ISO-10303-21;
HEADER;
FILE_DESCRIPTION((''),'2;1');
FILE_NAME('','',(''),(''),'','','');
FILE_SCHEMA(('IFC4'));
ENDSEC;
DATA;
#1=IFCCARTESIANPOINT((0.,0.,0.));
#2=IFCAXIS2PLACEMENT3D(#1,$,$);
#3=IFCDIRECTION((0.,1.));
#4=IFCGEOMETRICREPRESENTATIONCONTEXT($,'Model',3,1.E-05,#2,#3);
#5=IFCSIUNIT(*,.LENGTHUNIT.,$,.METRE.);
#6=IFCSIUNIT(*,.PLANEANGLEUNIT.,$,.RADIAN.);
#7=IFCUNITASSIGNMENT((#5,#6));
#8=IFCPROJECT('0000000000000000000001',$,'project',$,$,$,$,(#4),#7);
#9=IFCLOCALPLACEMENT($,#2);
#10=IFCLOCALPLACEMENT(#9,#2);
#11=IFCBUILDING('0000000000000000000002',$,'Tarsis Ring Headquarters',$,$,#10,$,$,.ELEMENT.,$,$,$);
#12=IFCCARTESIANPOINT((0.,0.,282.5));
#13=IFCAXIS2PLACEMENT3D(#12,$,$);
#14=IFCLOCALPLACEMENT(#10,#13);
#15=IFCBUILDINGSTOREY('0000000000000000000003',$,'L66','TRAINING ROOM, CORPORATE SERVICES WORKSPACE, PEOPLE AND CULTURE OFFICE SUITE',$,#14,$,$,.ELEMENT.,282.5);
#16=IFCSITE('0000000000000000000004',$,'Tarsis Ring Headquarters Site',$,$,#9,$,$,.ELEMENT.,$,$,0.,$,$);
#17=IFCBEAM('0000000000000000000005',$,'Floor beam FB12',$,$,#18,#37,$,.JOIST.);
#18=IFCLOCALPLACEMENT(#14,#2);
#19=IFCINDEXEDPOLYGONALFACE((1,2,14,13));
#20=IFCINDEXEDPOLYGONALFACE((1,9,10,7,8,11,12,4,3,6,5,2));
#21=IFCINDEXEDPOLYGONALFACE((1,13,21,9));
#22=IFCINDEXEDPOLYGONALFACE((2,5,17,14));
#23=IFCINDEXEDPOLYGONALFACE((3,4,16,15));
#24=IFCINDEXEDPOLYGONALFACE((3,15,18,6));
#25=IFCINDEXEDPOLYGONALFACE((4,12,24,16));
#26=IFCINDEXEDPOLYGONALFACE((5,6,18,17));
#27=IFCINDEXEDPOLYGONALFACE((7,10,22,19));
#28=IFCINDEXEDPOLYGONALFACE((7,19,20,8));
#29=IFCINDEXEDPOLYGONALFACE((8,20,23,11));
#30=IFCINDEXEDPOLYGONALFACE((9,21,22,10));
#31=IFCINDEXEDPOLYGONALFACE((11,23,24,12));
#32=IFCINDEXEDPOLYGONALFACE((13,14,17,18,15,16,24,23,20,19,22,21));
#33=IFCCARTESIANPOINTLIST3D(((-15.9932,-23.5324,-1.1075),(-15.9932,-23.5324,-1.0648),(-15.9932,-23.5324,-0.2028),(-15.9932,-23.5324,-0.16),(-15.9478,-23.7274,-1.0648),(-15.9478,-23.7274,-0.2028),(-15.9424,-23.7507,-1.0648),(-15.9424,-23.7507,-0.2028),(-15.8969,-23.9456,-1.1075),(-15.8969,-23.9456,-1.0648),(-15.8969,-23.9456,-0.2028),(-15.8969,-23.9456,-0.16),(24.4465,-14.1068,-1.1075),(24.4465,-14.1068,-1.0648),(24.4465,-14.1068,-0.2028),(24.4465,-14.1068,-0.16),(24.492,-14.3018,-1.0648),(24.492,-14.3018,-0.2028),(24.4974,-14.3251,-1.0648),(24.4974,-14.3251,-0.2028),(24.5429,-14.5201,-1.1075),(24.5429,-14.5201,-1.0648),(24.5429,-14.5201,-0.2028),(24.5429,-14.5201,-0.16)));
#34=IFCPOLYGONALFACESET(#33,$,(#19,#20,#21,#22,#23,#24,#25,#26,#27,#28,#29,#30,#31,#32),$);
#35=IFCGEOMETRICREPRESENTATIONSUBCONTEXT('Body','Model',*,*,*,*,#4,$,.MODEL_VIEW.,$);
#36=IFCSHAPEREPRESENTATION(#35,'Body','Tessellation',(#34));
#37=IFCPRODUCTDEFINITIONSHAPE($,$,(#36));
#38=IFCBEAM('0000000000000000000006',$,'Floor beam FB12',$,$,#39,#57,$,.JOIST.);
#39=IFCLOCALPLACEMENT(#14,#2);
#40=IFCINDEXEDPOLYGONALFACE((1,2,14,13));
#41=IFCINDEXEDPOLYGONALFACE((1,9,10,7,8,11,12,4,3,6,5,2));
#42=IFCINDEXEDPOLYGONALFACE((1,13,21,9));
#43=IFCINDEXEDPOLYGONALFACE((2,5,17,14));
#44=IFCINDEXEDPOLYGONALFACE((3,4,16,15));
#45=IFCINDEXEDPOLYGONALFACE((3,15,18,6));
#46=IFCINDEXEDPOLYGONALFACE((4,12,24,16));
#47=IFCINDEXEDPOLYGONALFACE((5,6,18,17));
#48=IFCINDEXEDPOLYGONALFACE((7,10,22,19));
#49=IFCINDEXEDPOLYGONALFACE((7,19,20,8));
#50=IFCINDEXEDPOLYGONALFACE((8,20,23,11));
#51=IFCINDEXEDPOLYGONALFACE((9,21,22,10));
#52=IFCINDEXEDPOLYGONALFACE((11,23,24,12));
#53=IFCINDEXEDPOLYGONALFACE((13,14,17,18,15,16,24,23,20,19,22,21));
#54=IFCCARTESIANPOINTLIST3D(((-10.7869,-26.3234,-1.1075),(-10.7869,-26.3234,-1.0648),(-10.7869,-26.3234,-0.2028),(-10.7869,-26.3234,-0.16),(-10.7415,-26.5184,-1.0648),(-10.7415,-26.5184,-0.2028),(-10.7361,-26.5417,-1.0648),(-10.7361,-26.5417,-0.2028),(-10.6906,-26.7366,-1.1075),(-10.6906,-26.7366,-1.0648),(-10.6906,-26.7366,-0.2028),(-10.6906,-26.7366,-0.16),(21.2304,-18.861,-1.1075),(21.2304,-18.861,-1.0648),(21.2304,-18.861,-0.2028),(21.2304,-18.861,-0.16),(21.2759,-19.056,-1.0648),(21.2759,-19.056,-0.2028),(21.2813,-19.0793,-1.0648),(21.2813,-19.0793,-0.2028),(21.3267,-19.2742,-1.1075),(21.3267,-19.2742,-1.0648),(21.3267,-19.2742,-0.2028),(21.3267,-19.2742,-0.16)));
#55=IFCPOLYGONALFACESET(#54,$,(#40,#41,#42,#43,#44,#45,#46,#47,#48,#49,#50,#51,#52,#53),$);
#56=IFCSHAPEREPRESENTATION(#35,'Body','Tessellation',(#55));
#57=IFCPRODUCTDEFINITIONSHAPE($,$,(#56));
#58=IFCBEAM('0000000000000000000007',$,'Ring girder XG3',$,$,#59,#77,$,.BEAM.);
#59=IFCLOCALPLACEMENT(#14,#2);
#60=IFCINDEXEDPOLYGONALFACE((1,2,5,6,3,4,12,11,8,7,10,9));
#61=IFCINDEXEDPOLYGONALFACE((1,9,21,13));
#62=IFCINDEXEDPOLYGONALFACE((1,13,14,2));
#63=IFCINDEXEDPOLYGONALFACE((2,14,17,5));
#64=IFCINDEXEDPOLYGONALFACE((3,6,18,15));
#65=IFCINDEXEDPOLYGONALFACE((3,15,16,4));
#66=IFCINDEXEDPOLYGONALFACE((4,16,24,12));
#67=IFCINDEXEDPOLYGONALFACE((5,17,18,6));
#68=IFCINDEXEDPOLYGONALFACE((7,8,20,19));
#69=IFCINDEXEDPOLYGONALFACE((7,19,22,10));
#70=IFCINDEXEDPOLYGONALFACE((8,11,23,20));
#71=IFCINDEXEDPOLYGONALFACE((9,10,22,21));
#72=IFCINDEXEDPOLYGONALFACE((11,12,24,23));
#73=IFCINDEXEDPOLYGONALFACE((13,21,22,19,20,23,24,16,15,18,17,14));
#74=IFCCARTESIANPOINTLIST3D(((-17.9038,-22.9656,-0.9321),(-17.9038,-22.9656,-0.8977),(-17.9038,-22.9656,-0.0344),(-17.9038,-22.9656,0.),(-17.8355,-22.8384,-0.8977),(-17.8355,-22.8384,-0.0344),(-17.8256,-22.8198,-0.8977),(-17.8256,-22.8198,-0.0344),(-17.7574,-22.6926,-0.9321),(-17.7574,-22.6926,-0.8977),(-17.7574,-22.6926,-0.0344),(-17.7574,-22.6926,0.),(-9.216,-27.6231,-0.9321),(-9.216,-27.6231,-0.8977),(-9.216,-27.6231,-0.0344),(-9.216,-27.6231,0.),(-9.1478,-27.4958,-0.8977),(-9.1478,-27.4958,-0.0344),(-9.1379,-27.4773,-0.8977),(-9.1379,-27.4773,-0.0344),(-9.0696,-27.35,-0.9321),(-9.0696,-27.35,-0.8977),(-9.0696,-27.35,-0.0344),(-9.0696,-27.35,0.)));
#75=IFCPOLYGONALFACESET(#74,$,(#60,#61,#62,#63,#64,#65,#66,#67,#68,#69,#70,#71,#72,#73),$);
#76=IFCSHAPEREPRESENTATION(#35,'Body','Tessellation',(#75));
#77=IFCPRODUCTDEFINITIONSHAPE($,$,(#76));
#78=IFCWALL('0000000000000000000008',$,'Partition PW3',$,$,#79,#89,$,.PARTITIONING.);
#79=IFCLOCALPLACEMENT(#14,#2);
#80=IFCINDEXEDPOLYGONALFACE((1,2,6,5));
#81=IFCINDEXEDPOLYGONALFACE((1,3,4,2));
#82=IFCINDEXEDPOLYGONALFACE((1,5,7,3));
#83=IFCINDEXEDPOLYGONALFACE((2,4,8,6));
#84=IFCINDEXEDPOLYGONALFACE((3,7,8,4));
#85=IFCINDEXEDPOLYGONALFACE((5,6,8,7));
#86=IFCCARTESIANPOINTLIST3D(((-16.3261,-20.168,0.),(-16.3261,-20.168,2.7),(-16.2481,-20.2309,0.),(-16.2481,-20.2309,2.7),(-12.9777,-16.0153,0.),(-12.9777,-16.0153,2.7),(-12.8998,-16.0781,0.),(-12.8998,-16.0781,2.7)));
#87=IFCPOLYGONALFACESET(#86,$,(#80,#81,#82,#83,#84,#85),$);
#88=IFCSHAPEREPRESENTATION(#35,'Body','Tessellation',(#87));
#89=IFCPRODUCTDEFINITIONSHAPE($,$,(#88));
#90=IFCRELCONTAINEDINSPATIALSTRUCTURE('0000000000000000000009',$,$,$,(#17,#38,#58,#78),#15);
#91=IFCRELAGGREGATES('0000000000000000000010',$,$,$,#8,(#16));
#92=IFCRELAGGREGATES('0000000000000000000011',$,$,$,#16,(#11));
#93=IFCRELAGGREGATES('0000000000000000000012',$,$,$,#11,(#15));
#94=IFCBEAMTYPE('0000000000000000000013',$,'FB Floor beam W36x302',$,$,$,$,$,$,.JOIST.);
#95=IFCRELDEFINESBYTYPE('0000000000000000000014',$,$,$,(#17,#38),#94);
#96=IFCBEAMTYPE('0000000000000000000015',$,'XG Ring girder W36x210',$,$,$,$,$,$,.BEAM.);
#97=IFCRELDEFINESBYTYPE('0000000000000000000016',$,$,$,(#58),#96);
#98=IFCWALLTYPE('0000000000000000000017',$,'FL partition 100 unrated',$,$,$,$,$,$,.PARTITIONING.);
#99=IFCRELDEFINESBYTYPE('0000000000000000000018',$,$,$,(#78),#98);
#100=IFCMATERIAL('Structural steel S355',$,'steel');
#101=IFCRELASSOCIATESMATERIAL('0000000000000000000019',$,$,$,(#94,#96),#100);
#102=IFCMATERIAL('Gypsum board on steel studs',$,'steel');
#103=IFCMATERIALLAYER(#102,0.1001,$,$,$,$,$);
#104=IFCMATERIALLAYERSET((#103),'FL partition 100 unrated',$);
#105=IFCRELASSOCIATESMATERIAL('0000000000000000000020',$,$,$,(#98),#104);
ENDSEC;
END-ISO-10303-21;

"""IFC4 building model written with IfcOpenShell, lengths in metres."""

from ifc_helpers import new_model, si_unit, direction, frame, frame_2d, origin, origin_2d, place, context, subcontext, project, spatial, rectangle, i_section, extrude, material, layer, layer_set, material_profile, profile_set, type_object, element, save


model = new_model("IFC4")

# Units and contexts
model_context = context("Model", 3, precision=1e-05, world=origin(), true_north=direction((0.0, 1.0)))
body_context = subcontext(model_context, "Body", "Model", "MODEL_VIEW")
ifc_project = project(units=[si_unit("LENGTHUNIT", "METRE"), si_unit("PLANEANGLEUNIT", "RADIAN")], contexts=[model_context])

# Site, building, storey
site_placement = place(None, origin())
site = spatial("IfcSite", under=ifc_project, at=site_placement, Name="Tarsis Ring Headquarters Site", CompositionType="ELEMENT", RefElevation=0.0)
building_placement = place(site_placement, origin())
building = spatial("IfcBuilding", under=site, at=building_placement, Name="Tarsis Ring Headquarters", CompositionType="ELEMENT")
storey_placement = place(building_placement, frame((0.0, 0.0, 282.5)))
storey = spatial("IfcBuildingStorey", under=building, at=storey_placement, Name="L66", Description="TRAINING ROOM, CORPORATE SERVICES WORKSPACE, PEOPLE AND CULTURE OFFICE SUITE", CompositionType="ELEMENT", Elevation=282.5)

# Shared definitions
ifc_material_1 = material(Name="Structural steel S355", Category="steel")

# Beams
ifc_material_profile_1 = material_profile(ifc_material_1, i_section(OverallWidth=0.4243, OverallDepth=0.9475, WebThickness=0.0239, FlangeThickness=0.0427, at=origin_2d()), Name="W36x302")
ifc_profile_set_1 = profile_set([ifc_material_profile_1], Name="Structural steel S355")
beam_type_1 = type_object("IfcBeamType", Name="FB Floor beam W36x302", PredefinedType="JOIST", material=ifc_profile_set_1)
beam_1_placement = place(storey_placement, frame((-15.9451, -23.739, -0.6338), z_axis=(0.973897, 0.226992, 0.0), x_axis=(-0.226992, 0.973897, 0.0)))
element("IfcBeam", 1, at=beam_1_placement, inside=storey, type_object=beam_type_1, Name="Floor beam FB12", PredefinedType="JOIST", context=body_context, shape_type="SweptSolid", body=[
    extrude(i_section(OverallWidth=0.4243, OverallDepth=0.9475, WebThickness=0.0239, FlangeThickness=0.0427, at=origin_2d()), origin(), (0.0, 0.0, 1.0), 41.5237),
])
beam_2_placement = place(storey_placement, frame((-10.7388, -26.53, -0.6338), z_axis=(0.973897, 0.22699, 0.0), x_axis=(-0.22699, 0.973897, 0.0)))
element("IfcBeam", 2, at=beam_2_placement, inside=storey, type_object=beam_type_1, Name="Floor beam FB12", PredefinedType="JOIST", context=body_context, shape_type="SweptSolid", body=[
    extrude(i_section(OverallWidth=0.4243, OverallDepth=0.9475, WebThickness=0.0239, FlangeThickness=0.0427, at=origin_2d()), origin(), (0.0, 0.0, 1.0), 32.8755),
])
ifc_material_profile_2 = material_profile(ifc_material_1, i_section(OverallWidth=0.3098, OverallDepth=0.9321, WebThickness=0.021, FlangeThickness=0.0344, at=origin_2d()), Name="W36x210")
ifc_profile_set_2 = profile_set([ifc_material_profile_2], Name="Structural steel S355")
beam_type_2 = type_object("IfcBeamType", Name="XG Ring girder W36x210", PredefinedType="BEAM", material=ifc_profile_set_2)
beam_3_placement = place(storey_placement, frame((-17.8306, -22.8291, -0.4661), z_axis=(0.88134, -0.472483, 0.0), x_axis=(0.472483, 0.88134, 0.0)))
element("IfcBeam", 3, at=beam_3_placement, inside=storey, type_object=beam_type_2, Name="Ring girder XG3", PredefinedType="BEAM", context=body_context, shape_type="SweptSolid", body=[
    extrude(i_section(OverallWidth=0.3098, OverallDepth=0.9321, WebThickness=0.021, FlangeThickness=0.0344, at=origin_2d()), origin(), (0.0, 0.0, 1.0), 9.8574),
])

# Wall
ifc_material_2 = material(Name="Gypsum board on steel studs", Category="steel")
ifc_layer_1 = layer(ifc_material_2, 0.1001)
ifc_layer_set_1 = layer_set([ifc_layer_1], Name="FL partition 100 unrated")
wall_type_1 = type_object("IfcWallType", Name="FL partition 100 unrated", PredefinedType="PARTITIONING", material=ifc_layer_set_1)
wall_1_placement = place(storey_placement, frame((-16.2871, -20.1995, 0.0), z_axis=(0.0, 0.0, 1.0), x_axis=(0.627676, 0.778474, 0.0)))
element("IfcWall", 4, at=wall_1_placement, inside=storey, type_object=wall_type_1, Name="Partition PW3", PredefinedType="PARTITIONING", context=body_context, shape_type="SweptSolid", body=[
    extrude(rectangle(XDim=5.3345, YDim=0.1001, at=frame_2d((2.6672, 0.0))), origin(), (0.0, 0.0, 1.0), 2.7),
])

save(model, "model.ifc")
